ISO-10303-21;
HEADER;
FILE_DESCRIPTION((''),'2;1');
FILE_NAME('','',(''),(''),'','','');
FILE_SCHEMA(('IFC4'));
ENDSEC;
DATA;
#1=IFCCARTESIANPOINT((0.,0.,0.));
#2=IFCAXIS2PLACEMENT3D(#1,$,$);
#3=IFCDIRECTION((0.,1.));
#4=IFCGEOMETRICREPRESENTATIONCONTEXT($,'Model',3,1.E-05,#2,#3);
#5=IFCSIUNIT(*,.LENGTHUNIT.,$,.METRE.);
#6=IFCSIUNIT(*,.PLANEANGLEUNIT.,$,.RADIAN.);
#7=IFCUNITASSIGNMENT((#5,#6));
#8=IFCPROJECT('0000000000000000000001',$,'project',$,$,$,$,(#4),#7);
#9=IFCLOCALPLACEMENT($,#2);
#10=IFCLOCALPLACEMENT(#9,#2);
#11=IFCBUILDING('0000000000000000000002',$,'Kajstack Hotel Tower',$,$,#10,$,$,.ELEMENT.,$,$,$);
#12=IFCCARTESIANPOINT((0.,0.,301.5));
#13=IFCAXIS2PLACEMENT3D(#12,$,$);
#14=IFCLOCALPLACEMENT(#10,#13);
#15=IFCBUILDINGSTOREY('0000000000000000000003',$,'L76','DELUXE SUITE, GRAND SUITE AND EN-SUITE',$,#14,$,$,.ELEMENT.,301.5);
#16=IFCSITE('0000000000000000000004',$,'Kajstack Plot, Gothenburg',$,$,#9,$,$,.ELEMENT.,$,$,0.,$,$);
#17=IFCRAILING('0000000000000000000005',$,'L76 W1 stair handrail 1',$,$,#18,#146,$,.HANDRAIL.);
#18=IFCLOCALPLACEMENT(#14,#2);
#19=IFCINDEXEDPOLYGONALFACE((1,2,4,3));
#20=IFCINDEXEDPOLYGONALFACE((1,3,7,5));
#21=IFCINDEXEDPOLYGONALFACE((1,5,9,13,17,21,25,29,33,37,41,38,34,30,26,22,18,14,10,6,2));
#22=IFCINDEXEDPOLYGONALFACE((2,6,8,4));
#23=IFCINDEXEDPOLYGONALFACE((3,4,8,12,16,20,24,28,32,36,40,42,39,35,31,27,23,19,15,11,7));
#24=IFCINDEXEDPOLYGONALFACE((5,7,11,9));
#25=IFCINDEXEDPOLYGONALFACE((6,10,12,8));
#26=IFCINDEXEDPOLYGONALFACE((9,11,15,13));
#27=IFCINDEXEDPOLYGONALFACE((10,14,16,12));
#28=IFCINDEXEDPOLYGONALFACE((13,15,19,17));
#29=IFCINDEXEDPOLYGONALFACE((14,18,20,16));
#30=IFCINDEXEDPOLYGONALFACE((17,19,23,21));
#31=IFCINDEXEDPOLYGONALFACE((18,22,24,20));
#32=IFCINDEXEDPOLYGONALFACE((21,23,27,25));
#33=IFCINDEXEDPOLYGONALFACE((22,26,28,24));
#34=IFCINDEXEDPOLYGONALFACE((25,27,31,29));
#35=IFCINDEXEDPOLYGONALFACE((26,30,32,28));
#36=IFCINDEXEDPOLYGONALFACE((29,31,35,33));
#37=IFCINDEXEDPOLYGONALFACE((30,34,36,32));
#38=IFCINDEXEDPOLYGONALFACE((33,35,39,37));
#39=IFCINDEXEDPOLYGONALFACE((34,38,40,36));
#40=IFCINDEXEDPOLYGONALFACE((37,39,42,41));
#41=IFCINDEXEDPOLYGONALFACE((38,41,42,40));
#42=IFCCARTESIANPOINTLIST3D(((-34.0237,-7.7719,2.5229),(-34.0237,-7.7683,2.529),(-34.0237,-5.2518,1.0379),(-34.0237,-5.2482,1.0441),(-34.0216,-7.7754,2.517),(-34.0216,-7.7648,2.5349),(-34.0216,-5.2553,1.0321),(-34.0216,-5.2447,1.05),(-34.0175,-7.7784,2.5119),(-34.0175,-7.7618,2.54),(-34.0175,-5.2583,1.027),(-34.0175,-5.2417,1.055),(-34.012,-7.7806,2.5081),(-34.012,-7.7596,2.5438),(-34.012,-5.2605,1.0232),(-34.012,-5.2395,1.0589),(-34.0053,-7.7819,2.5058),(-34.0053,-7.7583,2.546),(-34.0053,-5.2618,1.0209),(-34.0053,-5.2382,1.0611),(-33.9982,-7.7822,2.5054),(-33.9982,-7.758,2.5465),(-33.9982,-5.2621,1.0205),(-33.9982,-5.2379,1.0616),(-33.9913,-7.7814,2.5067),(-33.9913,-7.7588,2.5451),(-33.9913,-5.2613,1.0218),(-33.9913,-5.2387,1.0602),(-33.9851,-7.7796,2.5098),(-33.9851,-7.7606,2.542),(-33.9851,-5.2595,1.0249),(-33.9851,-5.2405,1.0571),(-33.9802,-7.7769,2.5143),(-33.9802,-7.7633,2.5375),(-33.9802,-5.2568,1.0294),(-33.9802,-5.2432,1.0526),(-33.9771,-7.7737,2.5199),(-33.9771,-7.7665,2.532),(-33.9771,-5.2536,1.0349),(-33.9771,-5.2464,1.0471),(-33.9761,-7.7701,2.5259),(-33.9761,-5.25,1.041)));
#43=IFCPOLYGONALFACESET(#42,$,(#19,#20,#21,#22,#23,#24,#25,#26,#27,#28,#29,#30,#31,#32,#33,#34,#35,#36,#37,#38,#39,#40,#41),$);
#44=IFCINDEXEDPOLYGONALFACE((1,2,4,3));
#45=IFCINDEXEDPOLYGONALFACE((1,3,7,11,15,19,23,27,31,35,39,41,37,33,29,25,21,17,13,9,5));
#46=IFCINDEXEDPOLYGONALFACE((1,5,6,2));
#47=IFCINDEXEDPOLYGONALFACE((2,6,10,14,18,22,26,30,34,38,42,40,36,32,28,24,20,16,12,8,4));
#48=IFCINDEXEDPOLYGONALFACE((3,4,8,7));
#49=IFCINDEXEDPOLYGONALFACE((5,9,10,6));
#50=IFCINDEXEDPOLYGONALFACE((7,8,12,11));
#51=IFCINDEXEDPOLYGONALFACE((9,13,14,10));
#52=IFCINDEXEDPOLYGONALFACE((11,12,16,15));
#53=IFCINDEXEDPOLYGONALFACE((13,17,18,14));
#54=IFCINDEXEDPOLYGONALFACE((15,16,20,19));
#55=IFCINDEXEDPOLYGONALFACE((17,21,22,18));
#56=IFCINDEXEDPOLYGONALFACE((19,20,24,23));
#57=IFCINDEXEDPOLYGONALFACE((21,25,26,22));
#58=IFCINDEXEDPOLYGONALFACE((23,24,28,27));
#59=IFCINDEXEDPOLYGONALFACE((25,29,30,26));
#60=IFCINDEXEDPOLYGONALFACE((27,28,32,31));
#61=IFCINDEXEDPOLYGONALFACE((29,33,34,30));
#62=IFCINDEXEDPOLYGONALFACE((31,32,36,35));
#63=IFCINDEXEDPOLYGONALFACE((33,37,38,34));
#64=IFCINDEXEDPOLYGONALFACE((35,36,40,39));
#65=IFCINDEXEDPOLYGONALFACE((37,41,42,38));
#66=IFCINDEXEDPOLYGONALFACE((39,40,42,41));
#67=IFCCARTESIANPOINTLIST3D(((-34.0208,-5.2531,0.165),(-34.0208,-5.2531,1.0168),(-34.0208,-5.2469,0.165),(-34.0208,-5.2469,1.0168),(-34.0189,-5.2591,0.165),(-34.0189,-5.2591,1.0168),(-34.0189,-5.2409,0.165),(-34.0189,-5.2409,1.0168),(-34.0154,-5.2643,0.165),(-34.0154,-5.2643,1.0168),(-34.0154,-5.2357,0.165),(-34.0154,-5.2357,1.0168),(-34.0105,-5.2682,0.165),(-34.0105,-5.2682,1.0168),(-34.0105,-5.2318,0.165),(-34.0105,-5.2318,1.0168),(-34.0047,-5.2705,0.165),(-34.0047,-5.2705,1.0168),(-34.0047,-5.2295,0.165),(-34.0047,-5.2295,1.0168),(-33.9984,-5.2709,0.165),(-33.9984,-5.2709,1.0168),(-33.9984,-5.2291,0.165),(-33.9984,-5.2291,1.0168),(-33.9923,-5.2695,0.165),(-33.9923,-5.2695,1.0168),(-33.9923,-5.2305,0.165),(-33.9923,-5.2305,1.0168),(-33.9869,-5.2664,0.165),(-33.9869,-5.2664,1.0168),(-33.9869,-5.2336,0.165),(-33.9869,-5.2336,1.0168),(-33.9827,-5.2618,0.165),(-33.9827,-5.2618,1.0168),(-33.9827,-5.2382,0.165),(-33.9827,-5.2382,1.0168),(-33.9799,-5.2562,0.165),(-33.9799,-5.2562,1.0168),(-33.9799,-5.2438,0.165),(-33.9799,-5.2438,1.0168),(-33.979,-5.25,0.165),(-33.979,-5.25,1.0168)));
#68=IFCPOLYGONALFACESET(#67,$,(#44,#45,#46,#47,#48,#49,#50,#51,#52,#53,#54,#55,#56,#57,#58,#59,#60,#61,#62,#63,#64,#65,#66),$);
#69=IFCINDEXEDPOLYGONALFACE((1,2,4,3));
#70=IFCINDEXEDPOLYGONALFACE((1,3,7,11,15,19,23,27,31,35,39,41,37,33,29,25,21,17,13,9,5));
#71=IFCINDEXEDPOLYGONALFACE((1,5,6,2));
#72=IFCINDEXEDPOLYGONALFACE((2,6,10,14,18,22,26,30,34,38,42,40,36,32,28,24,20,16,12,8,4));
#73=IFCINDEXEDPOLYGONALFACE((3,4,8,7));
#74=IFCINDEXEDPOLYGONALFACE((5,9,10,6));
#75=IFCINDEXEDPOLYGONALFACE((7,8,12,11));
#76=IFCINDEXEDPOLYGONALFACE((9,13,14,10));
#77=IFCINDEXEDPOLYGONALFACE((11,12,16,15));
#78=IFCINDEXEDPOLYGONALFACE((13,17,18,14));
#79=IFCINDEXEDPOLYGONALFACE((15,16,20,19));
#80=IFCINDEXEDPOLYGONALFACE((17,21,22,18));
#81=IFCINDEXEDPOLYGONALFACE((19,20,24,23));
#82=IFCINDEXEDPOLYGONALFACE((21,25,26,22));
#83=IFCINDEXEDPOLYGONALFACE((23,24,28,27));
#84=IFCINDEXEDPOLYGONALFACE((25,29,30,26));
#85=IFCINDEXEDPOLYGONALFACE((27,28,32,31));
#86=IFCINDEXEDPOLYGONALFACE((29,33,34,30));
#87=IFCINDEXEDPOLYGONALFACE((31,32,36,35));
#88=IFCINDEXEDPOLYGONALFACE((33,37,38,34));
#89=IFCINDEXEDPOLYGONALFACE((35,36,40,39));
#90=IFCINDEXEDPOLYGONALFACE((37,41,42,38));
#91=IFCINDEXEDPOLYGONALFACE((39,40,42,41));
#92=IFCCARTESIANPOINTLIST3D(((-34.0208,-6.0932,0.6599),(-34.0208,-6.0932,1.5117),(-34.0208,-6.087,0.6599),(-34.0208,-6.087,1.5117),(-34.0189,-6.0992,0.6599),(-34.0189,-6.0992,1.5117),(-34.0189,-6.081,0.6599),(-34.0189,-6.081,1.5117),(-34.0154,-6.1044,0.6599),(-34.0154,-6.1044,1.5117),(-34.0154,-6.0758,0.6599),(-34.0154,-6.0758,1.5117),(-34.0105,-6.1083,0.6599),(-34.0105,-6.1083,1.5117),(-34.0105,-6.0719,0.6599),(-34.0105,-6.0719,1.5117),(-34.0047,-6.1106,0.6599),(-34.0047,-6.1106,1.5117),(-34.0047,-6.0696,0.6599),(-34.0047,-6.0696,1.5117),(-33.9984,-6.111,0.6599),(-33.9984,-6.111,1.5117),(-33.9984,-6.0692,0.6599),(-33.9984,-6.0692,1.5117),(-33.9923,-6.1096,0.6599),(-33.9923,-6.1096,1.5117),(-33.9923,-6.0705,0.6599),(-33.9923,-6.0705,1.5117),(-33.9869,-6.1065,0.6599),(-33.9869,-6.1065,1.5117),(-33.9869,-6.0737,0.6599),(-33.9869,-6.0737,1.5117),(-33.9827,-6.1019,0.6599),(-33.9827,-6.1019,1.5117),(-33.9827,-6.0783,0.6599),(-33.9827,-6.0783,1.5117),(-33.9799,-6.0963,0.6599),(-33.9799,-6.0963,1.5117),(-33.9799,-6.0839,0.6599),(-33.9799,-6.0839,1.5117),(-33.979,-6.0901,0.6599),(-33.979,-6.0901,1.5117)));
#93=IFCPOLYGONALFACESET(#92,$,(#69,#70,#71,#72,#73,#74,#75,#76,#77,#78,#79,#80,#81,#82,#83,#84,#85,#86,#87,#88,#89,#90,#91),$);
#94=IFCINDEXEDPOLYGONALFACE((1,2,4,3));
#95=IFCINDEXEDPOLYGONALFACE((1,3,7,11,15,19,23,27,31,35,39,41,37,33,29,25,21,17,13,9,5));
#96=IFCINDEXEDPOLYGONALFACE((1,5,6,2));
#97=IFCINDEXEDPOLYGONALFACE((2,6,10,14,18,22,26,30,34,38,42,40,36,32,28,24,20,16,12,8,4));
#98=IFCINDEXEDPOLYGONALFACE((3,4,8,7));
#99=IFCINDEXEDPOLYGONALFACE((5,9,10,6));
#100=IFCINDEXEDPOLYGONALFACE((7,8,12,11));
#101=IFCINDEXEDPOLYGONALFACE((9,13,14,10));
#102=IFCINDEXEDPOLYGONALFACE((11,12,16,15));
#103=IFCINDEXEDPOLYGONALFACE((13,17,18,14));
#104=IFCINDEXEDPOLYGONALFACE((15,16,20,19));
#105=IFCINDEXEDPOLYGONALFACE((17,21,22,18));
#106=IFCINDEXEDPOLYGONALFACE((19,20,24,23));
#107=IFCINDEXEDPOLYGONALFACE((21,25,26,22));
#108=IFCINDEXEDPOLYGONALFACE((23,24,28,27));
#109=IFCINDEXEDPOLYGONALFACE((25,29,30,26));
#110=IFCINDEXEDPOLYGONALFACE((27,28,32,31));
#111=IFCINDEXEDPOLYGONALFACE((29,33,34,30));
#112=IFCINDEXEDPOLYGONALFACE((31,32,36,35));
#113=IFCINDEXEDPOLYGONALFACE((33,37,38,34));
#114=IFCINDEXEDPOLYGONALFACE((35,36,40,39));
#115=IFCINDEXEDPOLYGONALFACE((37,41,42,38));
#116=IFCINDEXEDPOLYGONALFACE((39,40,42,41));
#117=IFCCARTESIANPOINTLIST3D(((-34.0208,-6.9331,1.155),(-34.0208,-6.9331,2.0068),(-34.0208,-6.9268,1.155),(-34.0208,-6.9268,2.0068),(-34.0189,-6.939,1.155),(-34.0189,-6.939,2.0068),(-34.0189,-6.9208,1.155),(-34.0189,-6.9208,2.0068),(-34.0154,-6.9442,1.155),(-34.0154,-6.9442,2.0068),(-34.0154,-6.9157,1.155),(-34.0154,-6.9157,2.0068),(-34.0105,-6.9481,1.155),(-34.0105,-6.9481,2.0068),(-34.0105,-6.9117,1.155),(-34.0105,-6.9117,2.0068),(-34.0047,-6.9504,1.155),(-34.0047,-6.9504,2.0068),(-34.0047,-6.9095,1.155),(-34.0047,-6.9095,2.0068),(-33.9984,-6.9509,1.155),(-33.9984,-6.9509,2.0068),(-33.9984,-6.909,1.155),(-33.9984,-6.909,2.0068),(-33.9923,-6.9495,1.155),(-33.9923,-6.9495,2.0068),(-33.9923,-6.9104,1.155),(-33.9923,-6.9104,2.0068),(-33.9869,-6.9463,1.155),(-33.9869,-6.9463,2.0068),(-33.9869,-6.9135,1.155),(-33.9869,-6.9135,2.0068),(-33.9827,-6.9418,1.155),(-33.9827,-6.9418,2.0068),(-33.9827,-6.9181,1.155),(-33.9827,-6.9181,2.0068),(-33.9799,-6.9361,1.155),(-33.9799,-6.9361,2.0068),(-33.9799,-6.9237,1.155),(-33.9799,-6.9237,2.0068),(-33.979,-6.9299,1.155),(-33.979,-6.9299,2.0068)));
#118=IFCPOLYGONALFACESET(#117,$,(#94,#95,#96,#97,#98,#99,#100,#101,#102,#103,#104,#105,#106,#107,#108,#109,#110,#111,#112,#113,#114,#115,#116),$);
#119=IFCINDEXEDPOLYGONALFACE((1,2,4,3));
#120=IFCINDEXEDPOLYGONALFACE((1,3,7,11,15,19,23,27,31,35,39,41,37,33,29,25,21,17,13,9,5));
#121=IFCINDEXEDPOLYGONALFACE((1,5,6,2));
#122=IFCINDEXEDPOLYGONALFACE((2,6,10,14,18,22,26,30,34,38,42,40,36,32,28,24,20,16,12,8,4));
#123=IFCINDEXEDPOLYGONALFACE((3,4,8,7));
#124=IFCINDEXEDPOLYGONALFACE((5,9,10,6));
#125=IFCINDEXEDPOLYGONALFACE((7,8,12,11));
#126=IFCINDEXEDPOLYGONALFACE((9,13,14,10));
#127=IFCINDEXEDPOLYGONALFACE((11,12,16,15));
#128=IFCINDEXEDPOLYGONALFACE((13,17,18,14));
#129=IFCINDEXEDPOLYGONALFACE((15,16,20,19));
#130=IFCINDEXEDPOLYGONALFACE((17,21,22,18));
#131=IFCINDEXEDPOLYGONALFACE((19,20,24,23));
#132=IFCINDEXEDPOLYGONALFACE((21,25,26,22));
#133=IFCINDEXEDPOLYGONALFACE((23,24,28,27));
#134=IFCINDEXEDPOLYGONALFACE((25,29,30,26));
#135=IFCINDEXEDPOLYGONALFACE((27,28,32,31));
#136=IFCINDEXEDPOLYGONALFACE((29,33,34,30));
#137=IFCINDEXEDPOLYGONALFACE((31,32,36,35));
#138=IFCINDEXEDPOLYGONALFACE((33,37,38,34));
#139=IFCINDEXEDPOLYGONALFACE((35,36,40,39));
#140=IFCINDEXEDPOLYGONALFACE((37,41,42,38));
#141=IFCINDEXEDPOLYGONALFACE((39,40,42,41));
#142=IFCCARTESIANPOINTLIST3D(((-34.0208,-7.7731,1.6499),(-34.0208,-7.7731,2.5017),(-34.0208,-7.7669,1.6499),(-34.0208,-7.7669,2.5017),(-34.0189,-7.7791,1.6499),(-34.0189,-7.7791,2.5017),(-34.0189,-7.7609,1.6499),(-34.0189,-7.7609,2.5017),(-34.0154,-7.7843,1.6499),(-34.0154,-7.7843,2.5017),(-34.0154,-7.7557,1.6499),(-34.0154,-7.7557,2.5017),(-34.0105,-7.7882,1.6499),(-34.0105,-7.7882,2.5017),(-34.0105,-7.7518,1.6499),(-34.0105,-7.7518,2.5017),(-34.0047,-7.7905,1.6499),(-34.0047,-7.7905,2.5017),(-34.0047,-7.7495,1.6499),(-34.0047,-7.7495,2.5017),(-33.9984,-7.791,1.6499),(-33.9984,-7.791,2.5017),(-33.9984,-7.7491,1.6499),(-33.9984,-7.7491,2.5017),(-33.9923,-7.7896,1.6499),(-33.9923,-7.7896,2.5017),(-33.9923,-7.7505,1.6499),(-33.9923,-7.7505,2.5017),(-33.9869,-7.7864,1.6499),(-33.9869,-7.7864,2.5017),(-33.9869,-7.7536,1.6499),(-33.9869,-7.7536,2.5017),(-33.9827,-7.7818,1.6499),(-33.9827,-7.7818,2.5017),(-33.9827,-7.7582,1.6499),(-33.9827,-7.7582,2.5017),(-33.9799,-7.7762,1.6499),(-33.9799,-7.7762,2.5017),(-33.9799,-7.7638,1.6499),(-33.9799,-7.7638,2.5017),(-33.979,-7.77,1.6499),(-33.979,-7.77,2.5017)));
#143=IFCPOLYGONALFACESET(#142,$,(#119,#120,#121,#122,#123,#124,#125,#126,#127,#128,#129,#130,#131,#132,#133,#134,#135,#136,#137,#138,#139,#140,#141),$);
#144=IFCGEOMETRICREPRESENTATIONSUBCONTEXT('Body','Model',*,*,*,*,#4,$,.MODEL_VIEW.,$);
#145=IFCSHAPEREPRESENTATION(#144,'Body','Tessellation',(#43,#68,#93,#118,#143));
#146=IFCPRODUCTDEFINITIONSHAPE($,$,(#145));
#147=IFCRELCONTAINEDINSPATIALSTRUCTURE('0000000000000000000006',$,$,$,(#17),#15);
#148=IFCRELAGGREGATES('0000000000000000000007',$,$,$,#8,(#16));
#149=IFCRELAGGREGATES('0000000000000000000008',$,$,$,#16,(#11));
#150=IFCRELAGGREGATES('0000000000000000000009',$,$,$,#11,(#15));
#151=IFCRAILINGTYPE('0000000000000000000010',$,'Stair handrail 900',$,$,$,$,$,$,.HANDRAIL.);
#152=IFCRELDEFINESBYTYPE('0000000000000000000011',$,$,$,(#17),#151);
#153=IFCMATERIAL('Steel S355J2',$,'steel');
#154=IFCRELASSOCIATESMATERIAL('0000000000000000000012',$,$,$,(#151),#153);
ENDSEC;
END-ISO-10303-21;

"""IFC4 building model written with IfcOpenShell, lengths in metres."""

from ifc_helpers import new_model, si_unit, direction, frame, origin, origin_2d, place, context, subcontext, project, spatial, circle, extrude, material, type_object, element, save


model = new_model("IFC4")

# Units and contexts
model_context = context("Model", 3, precision=1e-05, world=origin(), true_north=direction((0.0, 1.0)))
body_context = subcontext(model_context, "Body", "Model", "MODEL_VIEW")
ifc_project = project(units=[si_unit("LENGTHUNIT", "METRE"), si_unit("PLANEANGLEUNIT", "RADIAN")], contexts=[model_context])

# Site, building, storey
site_placement = place(None, origin())
site = spatial("IfcSite", under=ifc_project, at=site_placement, Name="Kajstack Plot, Gothenburg", CompositionType="ELEMENT", RefElevation=0.0)
building_placement = place(site_placement, origin())
building = spatial("IfcBuilding", under=site, at=building_placement, Name="Kajstack Hotel Tower", CompositionType="ELEMENT")
storey_placement = place(building_placement, frame((0.0, 0.0, 301.5)))
storey = spatial("IfcBuildingStorey", under=building, at=storey_placement, Name="L76", Description="DELUXE SUITE, GRAND SUITE AND EN-SUITE", CompositionType="ELEMENT", Elevation=301.5)

# Railing
ifc_material_1 = material(Name="Steel S355J2", Category="steel")
railing_type_1 = type_object("IfcRailingType", Name="Stair handrail 900", PredefinedType="HANDRAIL", material=ifc_material_1)
railing_1_placement = place(storey_placement, frame((-34.0, -5.25, 0.165)))
element("IfcRailing", 1, at=railing_1_placement, inside=storey, type_object=railing_type_1, Name="L76 W1 stair handrail 1", PredefinedType="HANDRAIL", context=body_context, shape_type="SweptSolid", body=[
    extrude(circle(Radius=0.0239, at=origin_2d()), frame((0.0, 0.0, 0.876), z_axis=(0.0, -0.861561, 0.507655), x_axis=(1.0, 0.0, 0.0)), (0.0, 0.0, 1.0), 2.925),
    extrude(circle(Radius=0.021, at=origin_2d()), origin(), (0.0, 0.0, 1.0), 0.8518),
    extrude(circle(Radius=0.021, at=origin_2d()), frame((0.0, -0.8401, 0.4949)), (0.0, 0.0, 1.0), 0.8518),
    extrude(circle(Radius=0.021, at=origin_2d()), frame((0.0, -1.6799, 0.99)), (0.0, 0.0, 1.0), 0.8518),
    extrude(circle(Radius=0.021, at=origin_2d()), frame((0.0, -2.52, 1.4849)), (0.0, 0.0, 1.0), 0.8518),
])

save(model, "model.ifc")
